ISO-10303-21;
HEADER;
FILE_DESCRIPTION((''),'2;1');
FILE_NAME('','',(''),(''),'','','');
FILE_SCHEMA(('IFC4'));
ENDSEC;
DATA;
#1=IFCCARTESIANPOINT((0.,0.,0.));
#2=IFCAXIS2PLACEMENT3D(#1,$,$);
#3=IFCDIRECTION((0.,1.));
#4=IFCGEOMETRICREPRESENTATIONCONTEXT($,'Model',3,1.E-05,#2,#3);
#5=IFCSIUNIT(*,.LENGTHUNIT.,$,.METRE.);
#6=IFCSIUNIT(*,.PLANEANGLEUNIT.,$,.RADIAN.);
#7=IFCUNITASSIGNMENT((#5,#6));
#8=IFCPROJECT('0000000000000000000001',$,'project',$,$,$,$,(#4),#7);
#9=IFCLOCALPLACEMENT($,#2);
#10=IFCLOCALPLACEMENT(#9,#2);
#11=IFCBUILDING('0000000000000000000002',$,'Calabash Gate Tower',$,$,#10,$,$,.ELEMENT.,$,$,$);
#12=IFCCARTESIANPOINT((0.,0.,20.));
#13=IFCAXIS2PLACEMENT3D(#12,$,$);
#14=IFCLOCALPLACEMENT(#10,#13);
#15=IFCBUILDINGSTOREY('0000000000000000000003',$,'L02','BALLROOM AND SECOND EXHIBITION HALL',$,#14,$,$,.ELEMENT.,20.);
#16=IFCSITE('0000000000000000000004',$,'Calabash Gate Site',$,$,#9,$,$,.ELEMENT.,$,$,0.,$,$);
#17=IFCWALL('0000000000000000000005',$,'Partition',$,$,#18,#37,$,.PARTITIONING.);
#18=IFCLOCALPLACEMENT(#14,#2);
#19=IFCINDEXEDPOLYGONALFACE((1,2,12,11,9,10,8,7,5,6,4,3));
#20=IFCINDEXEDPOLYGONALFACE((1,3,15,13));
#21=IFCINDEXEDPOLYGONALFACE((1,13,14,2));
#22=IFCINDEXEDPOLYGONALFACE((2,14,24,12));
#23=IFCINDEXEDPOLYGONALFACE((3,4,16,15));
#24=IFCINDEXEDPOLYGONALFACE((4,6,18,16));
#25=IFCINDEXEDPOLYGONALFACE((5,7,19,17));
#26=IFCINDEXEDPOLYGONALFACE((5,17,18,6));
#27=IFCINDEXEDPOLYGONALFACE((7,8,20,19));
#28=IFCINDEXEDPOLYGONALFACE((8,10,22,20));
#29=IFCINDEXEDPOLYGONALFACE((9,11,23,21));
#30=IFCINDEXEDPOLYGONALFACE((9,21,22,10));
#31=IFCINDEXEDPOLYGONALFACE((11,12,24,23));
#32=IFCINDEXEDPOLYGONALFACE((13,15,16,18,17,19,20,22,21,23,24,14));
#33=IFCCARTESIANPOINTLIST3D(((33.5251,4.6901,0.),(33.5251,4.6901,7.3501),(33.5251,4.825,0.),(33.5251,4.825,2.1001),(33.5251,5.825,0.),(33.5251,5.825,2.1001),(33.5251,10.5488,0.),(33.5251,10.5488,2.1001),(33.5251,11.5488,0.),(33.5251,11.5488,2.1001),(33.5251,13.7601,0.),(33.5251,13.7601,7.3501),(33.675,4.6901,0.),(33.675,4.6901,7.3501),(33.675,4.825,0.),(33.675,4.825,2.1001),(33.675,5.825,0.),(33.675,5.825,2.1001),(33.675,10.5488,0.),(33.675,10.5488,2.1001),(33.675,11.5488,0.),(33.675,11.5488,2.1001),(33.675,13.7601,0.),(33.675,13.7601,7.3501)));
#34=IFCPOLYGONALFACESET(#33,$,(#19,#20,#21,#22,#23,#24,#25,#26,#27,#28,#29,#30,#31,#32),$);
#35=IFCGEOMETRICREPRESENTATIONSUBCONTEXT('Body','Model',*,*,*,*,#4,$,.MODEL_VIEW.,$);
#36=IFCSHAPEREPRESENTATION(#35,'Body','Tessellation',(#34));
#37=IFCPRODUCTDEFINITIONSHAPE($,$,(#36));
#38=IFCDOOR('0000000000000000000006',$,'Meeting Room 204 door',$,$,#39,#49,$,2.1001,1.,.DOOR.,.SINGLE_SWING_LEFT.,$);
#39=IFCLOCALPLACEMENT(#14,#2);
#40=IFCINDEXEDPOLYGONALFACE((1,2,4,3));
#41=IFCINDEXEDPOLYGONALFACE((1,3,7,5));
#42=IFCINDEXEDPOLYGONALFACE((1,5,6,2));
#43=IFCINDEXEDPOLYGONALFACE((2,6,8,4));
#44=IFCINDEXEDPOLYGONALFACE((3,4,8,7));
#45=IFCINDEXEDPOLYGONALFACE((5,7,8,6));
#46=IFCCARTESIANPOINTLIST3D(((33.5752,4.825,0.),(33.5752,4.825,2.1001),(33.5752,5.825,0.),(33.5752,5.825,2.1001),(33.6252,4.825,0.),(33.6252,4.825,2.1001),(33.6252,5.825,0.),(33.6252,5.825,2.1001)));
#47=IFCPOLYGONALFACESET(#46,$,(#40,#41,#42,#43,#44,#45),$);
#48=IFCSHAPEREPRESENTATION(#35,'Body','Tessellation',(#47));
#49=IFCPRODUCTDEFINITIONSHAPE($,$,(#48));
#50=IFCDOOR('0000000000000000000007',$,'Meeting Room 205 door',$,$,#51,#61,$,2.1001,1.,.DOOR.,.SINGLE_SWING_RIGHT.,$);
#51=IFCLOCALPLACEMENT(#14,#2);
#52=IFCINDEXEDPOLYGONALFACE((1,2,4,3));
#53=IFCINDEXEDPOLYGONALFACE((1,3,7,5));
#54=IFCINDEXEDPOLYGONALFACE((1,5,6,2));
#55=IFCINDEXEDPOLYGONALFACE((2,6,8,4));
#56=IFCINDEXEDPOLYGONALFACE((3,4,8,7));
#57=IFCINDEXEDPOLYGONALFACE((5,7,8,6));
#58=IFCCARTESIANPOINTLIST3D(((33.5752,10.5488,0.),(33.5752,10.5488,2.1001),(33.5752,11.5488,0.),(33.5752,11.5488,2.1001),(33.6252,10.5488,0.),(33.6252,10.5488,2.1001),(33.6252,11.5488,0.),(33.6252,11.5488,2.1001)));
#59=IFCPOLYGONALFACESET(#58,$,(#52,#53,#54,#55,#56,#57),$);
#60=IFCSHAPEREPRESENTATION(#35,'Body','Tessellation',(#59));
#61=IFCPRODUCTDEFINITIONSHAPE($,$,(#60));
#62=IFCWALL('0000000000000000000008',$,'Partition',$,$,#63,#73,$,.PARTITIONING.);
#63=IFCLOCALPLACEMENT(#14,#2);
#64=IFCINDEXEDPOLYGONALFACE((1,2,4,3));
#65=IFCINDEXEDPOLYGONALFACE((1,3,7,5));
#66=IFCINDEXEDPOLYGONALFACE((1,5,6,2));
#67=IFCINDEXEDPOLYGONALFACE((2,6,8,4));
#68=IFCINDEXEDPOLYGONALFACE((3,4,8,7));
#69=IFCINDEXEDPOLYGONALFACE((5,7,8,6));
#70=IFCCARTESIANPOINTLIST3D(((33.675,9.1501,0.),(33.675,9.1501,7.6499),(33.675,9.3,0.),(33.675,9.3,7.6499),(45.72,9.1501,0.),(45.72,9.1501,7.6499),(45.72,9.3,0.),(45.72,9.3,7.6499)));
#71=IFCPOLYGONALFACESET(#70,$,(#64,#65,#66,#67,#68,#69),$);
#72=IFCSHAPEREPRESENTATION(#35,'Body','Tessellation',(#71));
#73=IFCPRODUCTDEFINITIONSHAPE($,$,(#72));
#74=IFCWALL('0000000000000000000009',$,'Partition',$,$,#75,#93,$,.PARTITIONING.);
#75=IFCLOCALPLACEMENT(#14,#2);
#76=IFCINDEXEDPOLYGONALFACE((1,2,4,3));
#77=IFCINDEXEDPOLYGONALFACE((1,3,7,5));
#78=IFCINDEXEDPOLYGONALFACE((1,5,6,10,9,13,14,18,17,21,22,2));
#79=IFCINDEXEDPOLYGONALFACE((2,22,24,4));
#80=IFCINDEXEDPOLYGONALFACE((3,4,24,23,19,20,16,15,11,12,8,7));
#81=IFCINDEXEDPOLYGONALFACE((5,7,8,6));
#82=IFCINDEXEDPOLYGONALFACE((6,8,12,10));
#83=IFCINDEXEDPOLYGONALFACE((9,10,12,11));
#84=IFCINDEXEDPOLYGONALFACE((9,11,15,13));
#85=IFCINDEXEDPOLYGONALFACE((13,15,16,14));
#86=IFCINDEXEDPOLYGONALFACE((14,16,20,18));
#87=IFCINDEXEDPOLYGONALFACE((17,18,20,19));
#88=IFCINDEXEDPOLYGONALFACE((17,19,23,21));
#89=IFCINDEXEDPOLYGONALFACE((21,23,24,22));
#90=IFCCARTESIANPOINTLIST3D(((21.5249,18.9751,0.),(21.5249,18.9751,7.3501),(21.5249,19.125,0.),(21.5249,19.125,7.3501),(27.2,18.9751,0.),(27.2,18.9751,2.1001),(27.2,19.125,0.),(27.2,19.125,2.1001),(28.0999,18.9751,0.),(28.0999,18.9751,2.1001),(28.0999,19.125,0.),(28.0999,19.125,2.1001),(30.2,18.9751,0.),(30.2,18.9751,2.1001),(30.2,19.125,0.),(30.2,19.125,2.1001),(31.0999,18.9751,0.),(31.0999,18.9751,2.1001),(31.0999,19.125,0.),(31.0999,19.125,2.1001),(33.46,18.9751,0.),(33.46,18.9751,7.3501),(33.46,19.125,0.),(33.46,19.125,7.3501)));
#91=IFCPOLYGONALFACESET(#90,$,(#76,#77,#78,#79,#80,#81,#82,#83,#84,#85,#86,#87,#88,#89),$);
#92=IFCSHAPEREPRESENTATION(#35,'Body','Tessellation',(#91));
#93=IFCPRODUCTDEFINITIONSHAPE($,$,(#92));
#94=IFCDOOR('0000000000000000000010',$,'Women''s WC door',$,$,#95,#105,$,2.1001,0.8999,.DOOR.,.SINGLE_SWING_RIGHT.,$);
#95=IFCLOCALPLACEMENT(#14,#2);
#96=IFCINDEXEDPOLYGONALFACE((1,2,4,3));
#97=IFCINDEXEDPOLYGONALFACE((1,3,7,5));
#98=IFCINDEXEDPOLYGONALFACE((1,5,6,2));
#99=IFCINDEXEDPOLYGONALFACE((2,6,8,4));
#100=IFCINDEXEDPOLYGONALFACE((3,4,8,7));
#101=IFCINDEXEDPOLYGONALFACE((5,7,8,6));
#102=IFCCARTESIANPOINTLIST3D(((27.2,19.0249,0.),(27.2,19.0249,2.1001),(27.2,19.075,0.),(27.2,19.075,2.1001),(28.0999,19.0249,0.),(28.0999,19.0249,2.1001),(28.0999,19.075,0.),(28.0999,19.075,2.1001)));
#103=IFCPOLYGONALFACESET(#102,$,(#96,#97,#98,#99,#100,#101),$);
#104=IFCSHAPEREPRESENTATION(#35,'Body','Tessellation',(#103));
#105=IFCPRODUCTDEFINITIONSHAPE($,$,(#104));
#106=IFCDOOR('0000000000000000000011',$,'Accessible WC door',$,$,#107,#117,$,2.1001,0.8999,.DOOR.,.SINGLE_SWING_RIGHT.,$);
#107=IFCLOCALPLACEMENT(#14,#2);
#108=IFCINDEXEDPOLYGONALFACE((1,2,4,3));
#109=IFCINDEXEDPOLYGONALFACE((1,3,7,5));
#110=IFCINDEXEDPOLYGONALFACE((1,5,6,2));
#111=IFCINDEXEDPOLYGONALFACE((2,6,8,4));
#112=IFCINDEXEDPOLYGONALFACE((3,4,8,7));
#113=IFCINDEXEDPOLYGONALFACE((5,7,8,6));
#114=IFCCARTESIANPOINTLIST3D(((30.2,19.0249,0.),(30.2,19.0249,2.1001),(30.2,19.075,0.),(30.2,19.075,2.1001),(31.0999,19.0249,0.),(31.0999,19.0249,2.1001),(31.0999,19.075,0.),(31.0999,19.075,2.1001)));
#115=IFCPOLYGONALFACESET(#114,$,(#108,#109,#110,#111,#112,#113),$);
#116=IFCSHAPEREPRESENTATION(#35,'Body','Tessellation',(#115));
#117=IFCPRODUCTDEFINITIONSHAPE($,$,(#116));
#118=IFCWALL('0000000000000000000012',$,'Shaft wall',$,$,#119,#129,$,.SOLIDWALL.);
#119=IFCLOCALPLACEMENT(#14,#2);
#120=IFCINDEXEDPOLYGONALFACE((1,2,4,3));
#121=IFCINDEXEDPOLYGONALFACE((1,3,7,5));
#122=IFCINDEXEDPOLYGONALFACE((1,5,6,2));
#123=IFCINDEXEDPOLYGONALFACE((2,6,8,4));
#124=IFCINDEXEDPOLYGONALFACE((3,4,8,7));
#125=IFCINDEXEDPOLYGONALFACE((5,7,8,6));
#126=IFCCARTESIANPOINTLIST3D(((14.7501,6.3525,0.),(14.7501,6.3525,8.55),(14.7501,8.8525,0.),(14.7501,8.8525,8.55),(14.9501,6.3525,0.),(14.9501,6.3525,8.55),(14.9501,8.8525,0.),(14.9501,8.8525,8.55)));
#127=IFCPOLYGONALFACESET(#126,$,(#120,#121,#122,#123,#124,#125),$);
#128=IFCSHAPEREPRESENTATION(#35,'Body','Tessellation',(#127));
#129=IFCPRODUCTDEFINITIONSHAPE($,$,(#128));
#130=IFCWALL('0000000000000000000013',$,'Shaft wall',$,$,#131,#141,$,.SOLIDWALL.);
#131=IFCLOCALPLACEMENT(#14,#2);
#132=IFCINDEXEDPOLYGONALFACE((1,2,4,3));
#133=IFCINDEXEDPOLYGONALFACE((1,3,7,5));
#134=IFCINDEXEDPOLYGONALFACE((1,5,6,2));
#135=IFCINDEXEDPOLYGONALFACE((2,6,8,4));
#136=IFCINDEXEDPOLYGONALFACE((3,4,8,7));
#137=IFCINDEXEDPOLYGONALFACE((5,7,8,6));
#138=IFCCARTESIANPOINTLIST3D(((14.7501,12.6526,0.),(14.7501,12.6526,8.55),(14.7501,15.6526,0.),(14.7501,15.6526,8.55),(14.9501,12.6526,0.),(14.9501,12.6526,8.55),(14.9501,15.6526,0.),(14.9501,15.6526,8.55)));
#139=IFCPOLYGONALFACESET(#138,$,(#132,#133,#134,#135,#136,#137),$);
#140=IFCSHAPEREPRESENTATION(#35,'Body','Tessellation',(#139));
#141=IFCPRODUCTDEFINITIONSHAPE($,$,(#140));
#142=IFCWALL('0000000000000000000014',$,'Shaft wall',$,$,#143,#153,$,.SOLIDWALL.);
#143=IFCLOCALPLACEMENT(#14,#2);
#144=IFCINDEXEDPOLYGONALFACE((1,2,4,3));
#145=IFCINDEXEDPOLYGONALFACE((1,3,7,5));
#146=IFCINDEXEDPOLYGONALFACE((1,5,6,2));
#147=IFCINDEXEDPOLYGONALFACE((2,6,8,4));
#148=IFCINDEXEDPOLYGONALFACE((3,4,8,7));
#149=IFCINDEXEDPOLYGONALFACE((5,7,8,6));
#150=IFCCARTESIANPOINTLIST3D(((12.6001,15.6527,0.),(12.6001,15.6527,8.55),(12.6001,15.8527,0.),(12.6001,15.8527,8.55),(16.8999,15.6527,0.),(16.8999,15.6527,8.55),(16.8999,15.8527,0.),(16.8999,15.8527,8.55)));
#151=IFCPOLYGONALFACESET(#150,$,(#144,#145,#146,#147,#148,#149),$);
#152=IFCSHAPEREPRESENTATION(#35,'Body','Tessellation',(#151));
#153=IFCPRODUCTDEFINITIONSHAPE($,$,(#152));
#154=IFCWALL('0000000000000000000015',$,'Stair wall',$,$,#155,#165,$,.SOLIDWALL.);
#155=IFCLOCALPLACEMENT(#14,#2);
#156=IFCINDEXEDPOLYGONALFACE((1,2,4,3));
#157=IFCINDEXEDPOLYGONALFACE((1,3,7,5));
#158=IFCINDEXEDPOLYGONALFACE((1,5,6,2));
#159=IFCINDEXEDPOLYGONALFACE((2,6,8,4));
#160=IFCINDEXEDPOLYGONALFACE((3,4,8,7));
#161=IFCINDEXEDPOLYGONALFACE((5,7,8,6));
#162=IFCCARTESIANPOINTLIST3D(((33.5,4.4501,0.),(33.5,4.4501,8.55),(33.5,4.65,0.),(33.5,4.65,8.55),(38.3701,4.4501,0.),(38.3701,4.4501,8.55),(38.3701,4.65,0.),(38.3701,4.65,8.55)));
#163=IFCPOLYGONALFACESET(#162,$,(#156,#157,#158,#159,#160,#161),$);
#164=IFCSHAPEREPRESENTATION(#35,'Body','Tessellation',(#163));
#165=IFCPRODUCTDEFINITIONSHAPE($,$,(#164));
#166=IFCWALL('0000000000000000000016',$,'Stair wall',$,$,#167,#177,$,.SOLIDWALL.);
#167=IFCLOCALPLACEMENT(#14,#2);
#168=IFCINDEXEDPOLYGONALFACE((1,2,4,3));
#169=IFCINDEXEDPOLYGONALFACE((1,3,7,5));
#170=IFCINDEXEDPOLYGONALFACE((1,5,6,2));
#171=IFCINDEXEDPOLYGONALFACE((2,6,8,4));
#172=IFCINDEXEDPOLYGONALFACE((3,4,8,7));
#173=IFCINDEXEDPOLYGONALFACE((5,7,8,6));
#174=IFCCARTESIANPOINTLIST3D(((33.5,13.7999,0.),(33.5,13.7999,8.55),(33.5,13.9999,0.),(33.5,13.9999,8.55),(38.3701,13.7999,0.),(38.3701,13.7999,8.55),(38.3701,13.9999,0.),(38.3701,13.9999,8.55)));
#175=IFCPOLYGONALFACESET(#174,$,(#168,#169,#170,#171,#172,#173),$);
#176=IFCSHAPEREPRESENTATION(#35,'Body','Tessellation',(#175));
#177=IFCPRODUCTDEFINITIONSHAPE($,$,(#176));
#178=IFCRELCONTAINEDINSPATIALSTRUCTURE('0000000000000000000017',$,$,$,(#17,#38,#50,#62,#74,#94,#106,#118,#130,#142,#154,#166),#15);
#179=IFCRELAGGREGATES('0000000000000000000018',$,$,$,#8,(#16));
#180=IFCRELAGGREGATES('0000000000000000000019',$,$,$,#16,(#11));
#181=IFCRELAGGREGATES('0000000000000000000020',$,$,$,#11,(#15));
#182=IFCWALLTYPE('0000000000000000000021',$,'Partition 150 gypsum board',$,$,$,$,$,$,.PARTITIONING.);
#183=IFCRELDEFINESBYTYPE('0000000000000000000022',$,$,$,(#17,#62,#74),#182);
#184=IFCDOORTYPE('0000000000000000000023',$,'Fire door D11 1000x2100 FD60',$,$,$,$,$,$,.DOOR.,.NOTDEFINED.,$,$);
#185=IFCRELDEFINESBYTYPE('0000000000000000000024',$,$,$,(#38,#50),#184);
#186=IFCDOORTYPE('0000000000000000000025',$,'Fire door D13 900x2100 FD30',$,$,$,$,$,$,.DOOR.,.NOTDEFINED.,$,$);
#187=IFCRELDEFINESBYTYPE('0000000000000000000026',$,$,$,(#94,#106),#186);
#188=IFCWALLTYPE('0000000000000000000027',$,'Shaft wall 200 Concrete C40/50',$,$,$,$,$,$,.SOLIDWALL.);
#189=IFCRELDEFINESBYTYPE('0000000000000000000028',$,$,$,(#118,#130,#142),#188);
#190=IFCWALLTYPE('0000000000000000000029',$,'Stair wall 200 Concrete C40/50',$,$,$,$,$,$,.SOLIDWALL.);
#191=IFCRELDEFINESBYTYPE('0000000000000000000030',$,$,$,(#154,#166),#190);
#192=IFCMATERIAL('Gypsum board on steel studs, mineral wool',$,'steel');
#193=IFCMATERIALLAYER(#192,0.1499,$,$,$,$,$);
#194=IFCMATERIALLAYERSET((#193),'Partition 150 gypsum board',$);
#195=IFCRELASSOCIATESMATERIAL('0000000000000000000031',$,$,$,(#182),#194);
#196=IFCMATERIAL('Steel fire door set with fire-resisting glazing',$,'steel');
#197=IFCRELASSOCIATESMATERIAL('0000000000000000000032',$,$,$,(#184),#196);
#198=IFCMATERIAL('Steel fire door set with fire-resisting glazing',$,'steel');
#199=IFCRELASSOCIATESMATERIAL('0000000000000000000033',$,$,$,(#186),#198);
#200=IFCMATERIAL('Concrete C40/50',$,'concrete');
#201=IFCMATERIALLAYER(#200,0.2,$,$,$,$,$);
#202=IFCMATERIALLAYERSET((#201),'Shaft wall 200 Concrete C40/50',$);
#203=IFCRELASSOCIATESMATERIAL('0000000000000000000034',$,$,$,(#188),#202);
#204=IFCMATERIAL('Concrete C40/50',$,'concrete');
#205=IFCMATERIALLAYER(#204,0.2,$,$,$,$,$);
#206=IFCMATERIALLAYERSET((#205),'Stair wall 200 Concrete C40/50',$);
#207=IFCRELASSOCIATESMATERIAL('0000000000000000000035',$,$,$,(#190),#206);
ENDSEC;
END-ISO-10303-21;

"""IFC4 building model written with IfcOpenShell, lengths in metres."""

from ifc_helpers import new_model, si_unit, direction, frame, frame_2d, origin, place, context, subcontext, project, spatial, rectangle, extrude, material, layer, layer_set, type_object, element, fill, save


model = new_model("IFC4")

# Units and contexts
model_context = context("Model", 3, precision=1e-05, world=origin(), true_north=direction((0.0, 1.0)))
body_context = subcontext(model_context, "Body", "Model", "MODEL_VIEW")
ifc_project = project(units=[si_unit("LENGTHUNIT", "METRE"), si_unit("PLANEANGLEUNIT", "RADIAN")], contexts=[model_context])

# Site, building, storey
site_placement = place(None, origin())
site = spatial("IfcSite", under=ifc_project, at=site_placement, Name="Calabash Gate Site", CompositionType="ELEMENT", RefElevation=0.0)
building_placement = place(site_placement, origin())
building = spatial("IfcBuilding", under=site, at=building_placement, Name="Calabash Gate Tower", CompositionType="ELEMENT")
storey_placement = place(building_placement, frame((0.0, 0.0, 20.0)))
storey = spatial("IfcBuildingStorey", under=building, at=storey_placement, Name="L02", Description="BALLROOM AND SECOND EXHIBITION HALL", CompositionType="ELEMENT", Elevation=20.0)

# Wall, openings, doors
ifc_material_1 = material(Name="Gypsum board on steel studs, mineral wool", Category="steel")
ifc_layer_1 = layer(ifc_material_1, 0.1499)
ifc_layer_set_1 = layer_set([ifc_layer_1], Name="Partition 150 gypsum board")
wall_type_1 = type_object("IfcWallType", Name="Partition 150 gypsum board", PredefinedType="PARTITIONING", material=ifc_layer_set_1)
wall_1_placement = place(storey_placement, frame((33.6001, 4.6899, 0.0), z_axis=(0.0, 0.0, 1.0), x_axis=(0.0, 1.0, 0.0)))
wall_1 = element("IfcWall", 1, at=wall_1_placement, inside=storey, type_object=wall_type_1, Name="Partition", PredefinedType="PARTITIONING", context=body_context, shape_type="SweptSolid", body=[
    extrude(rectangle(XDim=9.0701, YDim=0.1499, at=frame_2d((4.5352, 0.0))), origin(), (0.0, 0.0, 1.0), 7.3501),
])
opening_1_placement = place(wall_1_placement, frame((0.135, 0.0, 0.0)))
opening_1 = element("IfcOpeningElement", 2, at=opening_1_placement, cuts=wall_1, PredefinedType="OPENING", context=body_context, shape_type="SweptSolid", body=[
    extrude(rectangle(XDim=1.0, YDim=2.1001, at=frame_2d((0.5, 1.05))), frame((0.0, 0.085, 0.0), z_axis=(0.0, -1.0, 0.0), x_axis=(1.0, 0.0, 0.0)), (0.0, 0.0, 1.0), 0.1699),
])
opening_2_placement = place(wall_1_placement, frame((5.8589, 0.0, 0.0)))
opening_2 = element("IfcOpeningElement", 3, at=opening_2_placement, cuts=wall_1, PredefinedType="OPENING", context=body_context, shape_type="SweptSolid", body=[
    extrude(rectangle(XDim=1.0, YDim=2.1001, at=frame_2d((0.5, 1.05))), frame((0.0, 0.085, 0.0), z_axis=(0.0, -1.0, 0.0), x_axis=(1.0, 0.0, 0.0)), (0.0, 0.0, 1.0), 0.1699),
])
ifc_material_2 = material(Name="Steel fire door set with fire-resisting glazing", Category="steel")
door_type_1 = type_object("IfcDoorType", Name="Fire door D11 1000x2100 FD60", OperationType="NOTDEFINED", PredefinedType="DOOR", material=ifc_material_2)
door_1_placement = place(opening_1_placement, origin())
door_1 = element("IfcDoor", 4, at=door_1_placement, inside=storey, type_object=door_type_1, Name="Meeting Room 204 door", OperationType="SINGLE_SWING_LEFT", OverallHeight=2.1001, OverallWidth=1.0, PredefinedType="DOOR", context=body_context, shape_type="SweptSolid", body=[
    extrude(rectangle(XDim=1.0, YDim=2.1001, at=frame_2d((0.5, 1.05))), frame((0.0, 0.0249, 0.0), z_axis=(0.0, -1.0, 0.0), x_axis=(1.0, 0.0, 0.0)), (0.0, 0.0, 1.0), 0.05),
])
fill(opening_1, door_1)
door_2_placement = place(opening_2_placement, origin())
door_2 = element("IfcDoor", 5, at=door_2_placement, inside=storey, type_object=door_type_1, Name="Meeting Room 205 door", OperationType="SINGLE_SWING_RIGHT", OverallHeight=2.1001, OverallWidth=1.0, PredefinedType="DOOR", context=body_context, shape_type="SweptSolid", body=[
    extrude(rectangle(XDim=1.0, YDim=2.1001, at=frame_2d((0.5, 1.05))), frame((0.0, 0.0249, 0.0), z_axis=(0.0, -1.0, 0.0), x_axis=(1.0, 0.0, 0.0)), (0.0, 0.0, 1.0), 0.05),
])
fill(opening_2, door_2)

# Wall
wall_2_placement = place(storey_placement, frame((33.675, 9.2251, 0.0), z_axis=(0.0, 0.0, 1.0), x_axis=(1.0, 0.0, 0.0)))
element("IfcWall", 6, at=wall_2_placement, inside=storey, type_object=wall_type_1, Name="Partition", PredefinedType="PARTITIONING", context=body_context, shape_type="SweptSolid", body=[
    extrude(rectangle(XDim=12.0449, YDim=0.1499, at=frame_2d((6.0225, 0.0))), origin(), (0.0, 0.0, 1.0), 7.6499),
])

# Wall, openings, doors
wall_3_placement = place(storey_placement, frame((21.5249, 19.05, 0.0), z_axis=(0.0, 0.0, 1.0), x_axis=(1.0, 0.0, 0.0)))
wall_3 = element("IfcWall", 7, at=wall_3_placement, inside=storey, type_object=wall_type_1, Name="Partition", PredefinedType="PARTITIONING", context=body_context, shape_type="SweptSolid", body=[
    extrude(rectangle(XDim=11.9351, YDim=0.1499, at=frame_2d((5.9675, 0.0))), origin(), (0.0, 0.0, 1.0), 7.3501),
])
opening_3_placement = place(wall_3_placement, frame((5.675, 0.0, 0.0)))
opening_3 = element("IfcOpeningElement", 8, at=opening_3_placement, cuts=wall_3, PredefinedType="OPENING", context=body_context, shape_type="SweptSolid", body=[
    extrude(rectangle(XDim=0.8999, YDim=2.1001, at=frame_2d((0.45, 1.05))), frame((0.0, 0.085, 0.0), z_axis=(0.0, -1.0, 0.0), x_axis=(1.0, 0.0, 0.0)), (0.0, 0.0, 1.0), 0.1699),
])
opening_4_placement = place(wall_3_placement, frame((8.675, 0.0, 0.0)))
opening_4 = element("IfcOpeningElement", 9, at=opening_4_placement, cuts=wall_3, PredefinedType="OPENING", context=body_context, shape_type="SweptSolid", body=[
    extrude(rectangle(XDim=0.8999, YDim=2.1001, at=frame_2d((0.45, 1.05))), frame((0.0, 0.085, 0.0), z_axis=(0.0, -1.0, 0.0), x_axis=(1.0, 0.0, 0.0)), (0.0, 0.0, 1.0), 0.1699),
])
ifc_material_3 = material(Name="Steel fire door set with fire-resisting glazing", Category="steel")
door_type_2 = type_object("IfcDoorType", Name="Fire door D13 900x2100 FD30", OperationType="NOTDEFINED", PredefinedType="DOOR", material=ifc_material_3)
door_3_placement = place(opening_3_placement, origin())
door_3 = element("IfcDoor", 10, at=door_3_placement, inside=storey, type_object=door_type_2, Name="Women's WC door", OperationType="SINGLE_SWING_RIGHT", OverallHeight=2.1001, OverallWidth=0.8999, PredefinedType="DOOR", context=body_context, shape_type="SweptSolid", body=[
    extrude(rectangle(XDim=0.8999, YDim=2.1001, at=frame_2d((0.45, 1.05))), frame((0.0, 0.0249, 0.0), z_axis=(0.0, -1.0, 0.0), x_axis=(1.0, 0.0, 0.0)), (0.0, 0.0, 1.0), 0.05),
])
fill(opening_3, door_3)
door_4_placement = place(opening_4_placement, origin())
door_4 = element("IfcDoor", 11, at=door_4_placement, inside=storey, type_object=door_type_2, Name="Accessible WC door", OperationType="SINGLE_SWING_RIGHT", OverallHeight=2.1001, OverallWidth=0.8999, PredefinedType="DOOR", context=body_context, shape_type="SweptSolid", body=[
    extrude(rectangle(XDim=0.8999, YDim=2.1001, at=frame_2d((0.45, 1.05))), frame((0.0, 0.0249, 0.0), z_axis=(0.0, -1.0, 0.0), x_axis=(1.0, 0.0, 0.0)), (0.0, 0.0, 1.0), 0.05),
])
fill(opening_4, door_4)

# Walls
ifc_material_4 = material(Name="Concrete C40/50", Category="concrete")
ifc_layer_2 = layer(ifc_material_4, 0.2)
ifc_layer_set_2 = layer_set([ifc_layer_2], Name="Shaft wall 200 Concrete C40/50")
wall_type_2 = type_object("IfcWallType", Name="Shaft wall 200 Concrete C40/50", PredefinedType="SOLIDWALL", material=ifc_layer_set_2)
wall_4_placement = place(storey_placement, frame((14.8501, 6.3525, 0.0), z_axis=(0.0, 0.0, 1.0), x_axis=(0.0, 1.0, 0.0)))
element("IfcWall", 12, at=wall_4_placement, inside=storey, type_object=wall_type_2, Name="Shaft wall", PredefinedType="SOLIDWALL", context=body_context, shape_type="SweptSolid", body=[
    extrude(rectangle(XDim=2.5, YDim=0.2, at=frame_2d((1.25, 0.0))), origin(), (0.0, 0.0, 1.0), 8.55),
])
wall_5_placement = place(storey_placement, frame((14.8501, 12.6526, 0.0), z_axis=(0.0, 0.0, 1.0), x_axis=(0.0, 1.0, 0.0)))
element("IfcWall", 13, at=wall_5_placement, inside=storey, type_object=wall_type_2, Name="Shaft wall", PredefinedType="SOLIDWALL", context=body_context, shape_type="SweptSolid", body=[
    extrude(rectangle(XDim=3.0, YDim=0.2, at=frame_2d((1.5, 0.0))), origin(), (0.0, 0.0, 1.0), 8.55),
])
wall_6_placement = place(storey_placement, frame((12.6001, 15.7527, 0.0), z_axis=(0.0, 0.0, 1.0), x_axis=(1.0, 0.0, 0.0)))
element("IfcWall", 14, at=wall_6_placement, inside=storey, type_object=wall_type_2, Name="Shaft wall", PredefinedType="SOLIDWALL", context=body_context, shape_type="SweptSolid", body=[
    extrude(rectangle(XDim=4.2998, YDim=0.2, at=frame_2d((2.1499, 0.0))), origin(), (0.0, 0.0, 1.0), 8.55),
])
ifc_material_5 = material(Name="Concrete C40/50", Category="concrete")
ifc_layer_3 = layer(ifc_material_5, 0.2)
ifc_layer_set_3 = layer_set([ifc_layer_3], Name="Stair wall 200 Concrete C40/50")
wall_type_3 = type_object("IfcWallType", Name="Stair wall 200 Concrete C40/50", PredefinedType="SOLIDWALL", material=ifc_layer_set_3)
for number, where, z_axis, x_axis, name in (
    (15, (33.5, 4.55, 0.0), (0.0, 0.0, 1.0), (1.0, 0.0, 0.0), "Stair wall"),
    (16, (33.5, 13.8999, 0.0), (0.0, 0.0, 1.0), (1.0, 0.0, 0.0), "Stair wall"),
):
    element("IfcWall", number, at=place(storey_placement, frame(where, z_axis=z_axis, x_axis=x_axis)), inside=storey, type_object=wall_type_3, Name=name, PredefinedType="SOLIDWALL", context=body_context, shape_type="SweptSolid", body=[
        extrude(rectangle(XDim=4.8701, YDim=0.2, at=frame_2d((2.4351, 0.0))), origin(), (0.0, 0.0, 1.0), 8.55),
    ])

save(model, "model.ifc")
